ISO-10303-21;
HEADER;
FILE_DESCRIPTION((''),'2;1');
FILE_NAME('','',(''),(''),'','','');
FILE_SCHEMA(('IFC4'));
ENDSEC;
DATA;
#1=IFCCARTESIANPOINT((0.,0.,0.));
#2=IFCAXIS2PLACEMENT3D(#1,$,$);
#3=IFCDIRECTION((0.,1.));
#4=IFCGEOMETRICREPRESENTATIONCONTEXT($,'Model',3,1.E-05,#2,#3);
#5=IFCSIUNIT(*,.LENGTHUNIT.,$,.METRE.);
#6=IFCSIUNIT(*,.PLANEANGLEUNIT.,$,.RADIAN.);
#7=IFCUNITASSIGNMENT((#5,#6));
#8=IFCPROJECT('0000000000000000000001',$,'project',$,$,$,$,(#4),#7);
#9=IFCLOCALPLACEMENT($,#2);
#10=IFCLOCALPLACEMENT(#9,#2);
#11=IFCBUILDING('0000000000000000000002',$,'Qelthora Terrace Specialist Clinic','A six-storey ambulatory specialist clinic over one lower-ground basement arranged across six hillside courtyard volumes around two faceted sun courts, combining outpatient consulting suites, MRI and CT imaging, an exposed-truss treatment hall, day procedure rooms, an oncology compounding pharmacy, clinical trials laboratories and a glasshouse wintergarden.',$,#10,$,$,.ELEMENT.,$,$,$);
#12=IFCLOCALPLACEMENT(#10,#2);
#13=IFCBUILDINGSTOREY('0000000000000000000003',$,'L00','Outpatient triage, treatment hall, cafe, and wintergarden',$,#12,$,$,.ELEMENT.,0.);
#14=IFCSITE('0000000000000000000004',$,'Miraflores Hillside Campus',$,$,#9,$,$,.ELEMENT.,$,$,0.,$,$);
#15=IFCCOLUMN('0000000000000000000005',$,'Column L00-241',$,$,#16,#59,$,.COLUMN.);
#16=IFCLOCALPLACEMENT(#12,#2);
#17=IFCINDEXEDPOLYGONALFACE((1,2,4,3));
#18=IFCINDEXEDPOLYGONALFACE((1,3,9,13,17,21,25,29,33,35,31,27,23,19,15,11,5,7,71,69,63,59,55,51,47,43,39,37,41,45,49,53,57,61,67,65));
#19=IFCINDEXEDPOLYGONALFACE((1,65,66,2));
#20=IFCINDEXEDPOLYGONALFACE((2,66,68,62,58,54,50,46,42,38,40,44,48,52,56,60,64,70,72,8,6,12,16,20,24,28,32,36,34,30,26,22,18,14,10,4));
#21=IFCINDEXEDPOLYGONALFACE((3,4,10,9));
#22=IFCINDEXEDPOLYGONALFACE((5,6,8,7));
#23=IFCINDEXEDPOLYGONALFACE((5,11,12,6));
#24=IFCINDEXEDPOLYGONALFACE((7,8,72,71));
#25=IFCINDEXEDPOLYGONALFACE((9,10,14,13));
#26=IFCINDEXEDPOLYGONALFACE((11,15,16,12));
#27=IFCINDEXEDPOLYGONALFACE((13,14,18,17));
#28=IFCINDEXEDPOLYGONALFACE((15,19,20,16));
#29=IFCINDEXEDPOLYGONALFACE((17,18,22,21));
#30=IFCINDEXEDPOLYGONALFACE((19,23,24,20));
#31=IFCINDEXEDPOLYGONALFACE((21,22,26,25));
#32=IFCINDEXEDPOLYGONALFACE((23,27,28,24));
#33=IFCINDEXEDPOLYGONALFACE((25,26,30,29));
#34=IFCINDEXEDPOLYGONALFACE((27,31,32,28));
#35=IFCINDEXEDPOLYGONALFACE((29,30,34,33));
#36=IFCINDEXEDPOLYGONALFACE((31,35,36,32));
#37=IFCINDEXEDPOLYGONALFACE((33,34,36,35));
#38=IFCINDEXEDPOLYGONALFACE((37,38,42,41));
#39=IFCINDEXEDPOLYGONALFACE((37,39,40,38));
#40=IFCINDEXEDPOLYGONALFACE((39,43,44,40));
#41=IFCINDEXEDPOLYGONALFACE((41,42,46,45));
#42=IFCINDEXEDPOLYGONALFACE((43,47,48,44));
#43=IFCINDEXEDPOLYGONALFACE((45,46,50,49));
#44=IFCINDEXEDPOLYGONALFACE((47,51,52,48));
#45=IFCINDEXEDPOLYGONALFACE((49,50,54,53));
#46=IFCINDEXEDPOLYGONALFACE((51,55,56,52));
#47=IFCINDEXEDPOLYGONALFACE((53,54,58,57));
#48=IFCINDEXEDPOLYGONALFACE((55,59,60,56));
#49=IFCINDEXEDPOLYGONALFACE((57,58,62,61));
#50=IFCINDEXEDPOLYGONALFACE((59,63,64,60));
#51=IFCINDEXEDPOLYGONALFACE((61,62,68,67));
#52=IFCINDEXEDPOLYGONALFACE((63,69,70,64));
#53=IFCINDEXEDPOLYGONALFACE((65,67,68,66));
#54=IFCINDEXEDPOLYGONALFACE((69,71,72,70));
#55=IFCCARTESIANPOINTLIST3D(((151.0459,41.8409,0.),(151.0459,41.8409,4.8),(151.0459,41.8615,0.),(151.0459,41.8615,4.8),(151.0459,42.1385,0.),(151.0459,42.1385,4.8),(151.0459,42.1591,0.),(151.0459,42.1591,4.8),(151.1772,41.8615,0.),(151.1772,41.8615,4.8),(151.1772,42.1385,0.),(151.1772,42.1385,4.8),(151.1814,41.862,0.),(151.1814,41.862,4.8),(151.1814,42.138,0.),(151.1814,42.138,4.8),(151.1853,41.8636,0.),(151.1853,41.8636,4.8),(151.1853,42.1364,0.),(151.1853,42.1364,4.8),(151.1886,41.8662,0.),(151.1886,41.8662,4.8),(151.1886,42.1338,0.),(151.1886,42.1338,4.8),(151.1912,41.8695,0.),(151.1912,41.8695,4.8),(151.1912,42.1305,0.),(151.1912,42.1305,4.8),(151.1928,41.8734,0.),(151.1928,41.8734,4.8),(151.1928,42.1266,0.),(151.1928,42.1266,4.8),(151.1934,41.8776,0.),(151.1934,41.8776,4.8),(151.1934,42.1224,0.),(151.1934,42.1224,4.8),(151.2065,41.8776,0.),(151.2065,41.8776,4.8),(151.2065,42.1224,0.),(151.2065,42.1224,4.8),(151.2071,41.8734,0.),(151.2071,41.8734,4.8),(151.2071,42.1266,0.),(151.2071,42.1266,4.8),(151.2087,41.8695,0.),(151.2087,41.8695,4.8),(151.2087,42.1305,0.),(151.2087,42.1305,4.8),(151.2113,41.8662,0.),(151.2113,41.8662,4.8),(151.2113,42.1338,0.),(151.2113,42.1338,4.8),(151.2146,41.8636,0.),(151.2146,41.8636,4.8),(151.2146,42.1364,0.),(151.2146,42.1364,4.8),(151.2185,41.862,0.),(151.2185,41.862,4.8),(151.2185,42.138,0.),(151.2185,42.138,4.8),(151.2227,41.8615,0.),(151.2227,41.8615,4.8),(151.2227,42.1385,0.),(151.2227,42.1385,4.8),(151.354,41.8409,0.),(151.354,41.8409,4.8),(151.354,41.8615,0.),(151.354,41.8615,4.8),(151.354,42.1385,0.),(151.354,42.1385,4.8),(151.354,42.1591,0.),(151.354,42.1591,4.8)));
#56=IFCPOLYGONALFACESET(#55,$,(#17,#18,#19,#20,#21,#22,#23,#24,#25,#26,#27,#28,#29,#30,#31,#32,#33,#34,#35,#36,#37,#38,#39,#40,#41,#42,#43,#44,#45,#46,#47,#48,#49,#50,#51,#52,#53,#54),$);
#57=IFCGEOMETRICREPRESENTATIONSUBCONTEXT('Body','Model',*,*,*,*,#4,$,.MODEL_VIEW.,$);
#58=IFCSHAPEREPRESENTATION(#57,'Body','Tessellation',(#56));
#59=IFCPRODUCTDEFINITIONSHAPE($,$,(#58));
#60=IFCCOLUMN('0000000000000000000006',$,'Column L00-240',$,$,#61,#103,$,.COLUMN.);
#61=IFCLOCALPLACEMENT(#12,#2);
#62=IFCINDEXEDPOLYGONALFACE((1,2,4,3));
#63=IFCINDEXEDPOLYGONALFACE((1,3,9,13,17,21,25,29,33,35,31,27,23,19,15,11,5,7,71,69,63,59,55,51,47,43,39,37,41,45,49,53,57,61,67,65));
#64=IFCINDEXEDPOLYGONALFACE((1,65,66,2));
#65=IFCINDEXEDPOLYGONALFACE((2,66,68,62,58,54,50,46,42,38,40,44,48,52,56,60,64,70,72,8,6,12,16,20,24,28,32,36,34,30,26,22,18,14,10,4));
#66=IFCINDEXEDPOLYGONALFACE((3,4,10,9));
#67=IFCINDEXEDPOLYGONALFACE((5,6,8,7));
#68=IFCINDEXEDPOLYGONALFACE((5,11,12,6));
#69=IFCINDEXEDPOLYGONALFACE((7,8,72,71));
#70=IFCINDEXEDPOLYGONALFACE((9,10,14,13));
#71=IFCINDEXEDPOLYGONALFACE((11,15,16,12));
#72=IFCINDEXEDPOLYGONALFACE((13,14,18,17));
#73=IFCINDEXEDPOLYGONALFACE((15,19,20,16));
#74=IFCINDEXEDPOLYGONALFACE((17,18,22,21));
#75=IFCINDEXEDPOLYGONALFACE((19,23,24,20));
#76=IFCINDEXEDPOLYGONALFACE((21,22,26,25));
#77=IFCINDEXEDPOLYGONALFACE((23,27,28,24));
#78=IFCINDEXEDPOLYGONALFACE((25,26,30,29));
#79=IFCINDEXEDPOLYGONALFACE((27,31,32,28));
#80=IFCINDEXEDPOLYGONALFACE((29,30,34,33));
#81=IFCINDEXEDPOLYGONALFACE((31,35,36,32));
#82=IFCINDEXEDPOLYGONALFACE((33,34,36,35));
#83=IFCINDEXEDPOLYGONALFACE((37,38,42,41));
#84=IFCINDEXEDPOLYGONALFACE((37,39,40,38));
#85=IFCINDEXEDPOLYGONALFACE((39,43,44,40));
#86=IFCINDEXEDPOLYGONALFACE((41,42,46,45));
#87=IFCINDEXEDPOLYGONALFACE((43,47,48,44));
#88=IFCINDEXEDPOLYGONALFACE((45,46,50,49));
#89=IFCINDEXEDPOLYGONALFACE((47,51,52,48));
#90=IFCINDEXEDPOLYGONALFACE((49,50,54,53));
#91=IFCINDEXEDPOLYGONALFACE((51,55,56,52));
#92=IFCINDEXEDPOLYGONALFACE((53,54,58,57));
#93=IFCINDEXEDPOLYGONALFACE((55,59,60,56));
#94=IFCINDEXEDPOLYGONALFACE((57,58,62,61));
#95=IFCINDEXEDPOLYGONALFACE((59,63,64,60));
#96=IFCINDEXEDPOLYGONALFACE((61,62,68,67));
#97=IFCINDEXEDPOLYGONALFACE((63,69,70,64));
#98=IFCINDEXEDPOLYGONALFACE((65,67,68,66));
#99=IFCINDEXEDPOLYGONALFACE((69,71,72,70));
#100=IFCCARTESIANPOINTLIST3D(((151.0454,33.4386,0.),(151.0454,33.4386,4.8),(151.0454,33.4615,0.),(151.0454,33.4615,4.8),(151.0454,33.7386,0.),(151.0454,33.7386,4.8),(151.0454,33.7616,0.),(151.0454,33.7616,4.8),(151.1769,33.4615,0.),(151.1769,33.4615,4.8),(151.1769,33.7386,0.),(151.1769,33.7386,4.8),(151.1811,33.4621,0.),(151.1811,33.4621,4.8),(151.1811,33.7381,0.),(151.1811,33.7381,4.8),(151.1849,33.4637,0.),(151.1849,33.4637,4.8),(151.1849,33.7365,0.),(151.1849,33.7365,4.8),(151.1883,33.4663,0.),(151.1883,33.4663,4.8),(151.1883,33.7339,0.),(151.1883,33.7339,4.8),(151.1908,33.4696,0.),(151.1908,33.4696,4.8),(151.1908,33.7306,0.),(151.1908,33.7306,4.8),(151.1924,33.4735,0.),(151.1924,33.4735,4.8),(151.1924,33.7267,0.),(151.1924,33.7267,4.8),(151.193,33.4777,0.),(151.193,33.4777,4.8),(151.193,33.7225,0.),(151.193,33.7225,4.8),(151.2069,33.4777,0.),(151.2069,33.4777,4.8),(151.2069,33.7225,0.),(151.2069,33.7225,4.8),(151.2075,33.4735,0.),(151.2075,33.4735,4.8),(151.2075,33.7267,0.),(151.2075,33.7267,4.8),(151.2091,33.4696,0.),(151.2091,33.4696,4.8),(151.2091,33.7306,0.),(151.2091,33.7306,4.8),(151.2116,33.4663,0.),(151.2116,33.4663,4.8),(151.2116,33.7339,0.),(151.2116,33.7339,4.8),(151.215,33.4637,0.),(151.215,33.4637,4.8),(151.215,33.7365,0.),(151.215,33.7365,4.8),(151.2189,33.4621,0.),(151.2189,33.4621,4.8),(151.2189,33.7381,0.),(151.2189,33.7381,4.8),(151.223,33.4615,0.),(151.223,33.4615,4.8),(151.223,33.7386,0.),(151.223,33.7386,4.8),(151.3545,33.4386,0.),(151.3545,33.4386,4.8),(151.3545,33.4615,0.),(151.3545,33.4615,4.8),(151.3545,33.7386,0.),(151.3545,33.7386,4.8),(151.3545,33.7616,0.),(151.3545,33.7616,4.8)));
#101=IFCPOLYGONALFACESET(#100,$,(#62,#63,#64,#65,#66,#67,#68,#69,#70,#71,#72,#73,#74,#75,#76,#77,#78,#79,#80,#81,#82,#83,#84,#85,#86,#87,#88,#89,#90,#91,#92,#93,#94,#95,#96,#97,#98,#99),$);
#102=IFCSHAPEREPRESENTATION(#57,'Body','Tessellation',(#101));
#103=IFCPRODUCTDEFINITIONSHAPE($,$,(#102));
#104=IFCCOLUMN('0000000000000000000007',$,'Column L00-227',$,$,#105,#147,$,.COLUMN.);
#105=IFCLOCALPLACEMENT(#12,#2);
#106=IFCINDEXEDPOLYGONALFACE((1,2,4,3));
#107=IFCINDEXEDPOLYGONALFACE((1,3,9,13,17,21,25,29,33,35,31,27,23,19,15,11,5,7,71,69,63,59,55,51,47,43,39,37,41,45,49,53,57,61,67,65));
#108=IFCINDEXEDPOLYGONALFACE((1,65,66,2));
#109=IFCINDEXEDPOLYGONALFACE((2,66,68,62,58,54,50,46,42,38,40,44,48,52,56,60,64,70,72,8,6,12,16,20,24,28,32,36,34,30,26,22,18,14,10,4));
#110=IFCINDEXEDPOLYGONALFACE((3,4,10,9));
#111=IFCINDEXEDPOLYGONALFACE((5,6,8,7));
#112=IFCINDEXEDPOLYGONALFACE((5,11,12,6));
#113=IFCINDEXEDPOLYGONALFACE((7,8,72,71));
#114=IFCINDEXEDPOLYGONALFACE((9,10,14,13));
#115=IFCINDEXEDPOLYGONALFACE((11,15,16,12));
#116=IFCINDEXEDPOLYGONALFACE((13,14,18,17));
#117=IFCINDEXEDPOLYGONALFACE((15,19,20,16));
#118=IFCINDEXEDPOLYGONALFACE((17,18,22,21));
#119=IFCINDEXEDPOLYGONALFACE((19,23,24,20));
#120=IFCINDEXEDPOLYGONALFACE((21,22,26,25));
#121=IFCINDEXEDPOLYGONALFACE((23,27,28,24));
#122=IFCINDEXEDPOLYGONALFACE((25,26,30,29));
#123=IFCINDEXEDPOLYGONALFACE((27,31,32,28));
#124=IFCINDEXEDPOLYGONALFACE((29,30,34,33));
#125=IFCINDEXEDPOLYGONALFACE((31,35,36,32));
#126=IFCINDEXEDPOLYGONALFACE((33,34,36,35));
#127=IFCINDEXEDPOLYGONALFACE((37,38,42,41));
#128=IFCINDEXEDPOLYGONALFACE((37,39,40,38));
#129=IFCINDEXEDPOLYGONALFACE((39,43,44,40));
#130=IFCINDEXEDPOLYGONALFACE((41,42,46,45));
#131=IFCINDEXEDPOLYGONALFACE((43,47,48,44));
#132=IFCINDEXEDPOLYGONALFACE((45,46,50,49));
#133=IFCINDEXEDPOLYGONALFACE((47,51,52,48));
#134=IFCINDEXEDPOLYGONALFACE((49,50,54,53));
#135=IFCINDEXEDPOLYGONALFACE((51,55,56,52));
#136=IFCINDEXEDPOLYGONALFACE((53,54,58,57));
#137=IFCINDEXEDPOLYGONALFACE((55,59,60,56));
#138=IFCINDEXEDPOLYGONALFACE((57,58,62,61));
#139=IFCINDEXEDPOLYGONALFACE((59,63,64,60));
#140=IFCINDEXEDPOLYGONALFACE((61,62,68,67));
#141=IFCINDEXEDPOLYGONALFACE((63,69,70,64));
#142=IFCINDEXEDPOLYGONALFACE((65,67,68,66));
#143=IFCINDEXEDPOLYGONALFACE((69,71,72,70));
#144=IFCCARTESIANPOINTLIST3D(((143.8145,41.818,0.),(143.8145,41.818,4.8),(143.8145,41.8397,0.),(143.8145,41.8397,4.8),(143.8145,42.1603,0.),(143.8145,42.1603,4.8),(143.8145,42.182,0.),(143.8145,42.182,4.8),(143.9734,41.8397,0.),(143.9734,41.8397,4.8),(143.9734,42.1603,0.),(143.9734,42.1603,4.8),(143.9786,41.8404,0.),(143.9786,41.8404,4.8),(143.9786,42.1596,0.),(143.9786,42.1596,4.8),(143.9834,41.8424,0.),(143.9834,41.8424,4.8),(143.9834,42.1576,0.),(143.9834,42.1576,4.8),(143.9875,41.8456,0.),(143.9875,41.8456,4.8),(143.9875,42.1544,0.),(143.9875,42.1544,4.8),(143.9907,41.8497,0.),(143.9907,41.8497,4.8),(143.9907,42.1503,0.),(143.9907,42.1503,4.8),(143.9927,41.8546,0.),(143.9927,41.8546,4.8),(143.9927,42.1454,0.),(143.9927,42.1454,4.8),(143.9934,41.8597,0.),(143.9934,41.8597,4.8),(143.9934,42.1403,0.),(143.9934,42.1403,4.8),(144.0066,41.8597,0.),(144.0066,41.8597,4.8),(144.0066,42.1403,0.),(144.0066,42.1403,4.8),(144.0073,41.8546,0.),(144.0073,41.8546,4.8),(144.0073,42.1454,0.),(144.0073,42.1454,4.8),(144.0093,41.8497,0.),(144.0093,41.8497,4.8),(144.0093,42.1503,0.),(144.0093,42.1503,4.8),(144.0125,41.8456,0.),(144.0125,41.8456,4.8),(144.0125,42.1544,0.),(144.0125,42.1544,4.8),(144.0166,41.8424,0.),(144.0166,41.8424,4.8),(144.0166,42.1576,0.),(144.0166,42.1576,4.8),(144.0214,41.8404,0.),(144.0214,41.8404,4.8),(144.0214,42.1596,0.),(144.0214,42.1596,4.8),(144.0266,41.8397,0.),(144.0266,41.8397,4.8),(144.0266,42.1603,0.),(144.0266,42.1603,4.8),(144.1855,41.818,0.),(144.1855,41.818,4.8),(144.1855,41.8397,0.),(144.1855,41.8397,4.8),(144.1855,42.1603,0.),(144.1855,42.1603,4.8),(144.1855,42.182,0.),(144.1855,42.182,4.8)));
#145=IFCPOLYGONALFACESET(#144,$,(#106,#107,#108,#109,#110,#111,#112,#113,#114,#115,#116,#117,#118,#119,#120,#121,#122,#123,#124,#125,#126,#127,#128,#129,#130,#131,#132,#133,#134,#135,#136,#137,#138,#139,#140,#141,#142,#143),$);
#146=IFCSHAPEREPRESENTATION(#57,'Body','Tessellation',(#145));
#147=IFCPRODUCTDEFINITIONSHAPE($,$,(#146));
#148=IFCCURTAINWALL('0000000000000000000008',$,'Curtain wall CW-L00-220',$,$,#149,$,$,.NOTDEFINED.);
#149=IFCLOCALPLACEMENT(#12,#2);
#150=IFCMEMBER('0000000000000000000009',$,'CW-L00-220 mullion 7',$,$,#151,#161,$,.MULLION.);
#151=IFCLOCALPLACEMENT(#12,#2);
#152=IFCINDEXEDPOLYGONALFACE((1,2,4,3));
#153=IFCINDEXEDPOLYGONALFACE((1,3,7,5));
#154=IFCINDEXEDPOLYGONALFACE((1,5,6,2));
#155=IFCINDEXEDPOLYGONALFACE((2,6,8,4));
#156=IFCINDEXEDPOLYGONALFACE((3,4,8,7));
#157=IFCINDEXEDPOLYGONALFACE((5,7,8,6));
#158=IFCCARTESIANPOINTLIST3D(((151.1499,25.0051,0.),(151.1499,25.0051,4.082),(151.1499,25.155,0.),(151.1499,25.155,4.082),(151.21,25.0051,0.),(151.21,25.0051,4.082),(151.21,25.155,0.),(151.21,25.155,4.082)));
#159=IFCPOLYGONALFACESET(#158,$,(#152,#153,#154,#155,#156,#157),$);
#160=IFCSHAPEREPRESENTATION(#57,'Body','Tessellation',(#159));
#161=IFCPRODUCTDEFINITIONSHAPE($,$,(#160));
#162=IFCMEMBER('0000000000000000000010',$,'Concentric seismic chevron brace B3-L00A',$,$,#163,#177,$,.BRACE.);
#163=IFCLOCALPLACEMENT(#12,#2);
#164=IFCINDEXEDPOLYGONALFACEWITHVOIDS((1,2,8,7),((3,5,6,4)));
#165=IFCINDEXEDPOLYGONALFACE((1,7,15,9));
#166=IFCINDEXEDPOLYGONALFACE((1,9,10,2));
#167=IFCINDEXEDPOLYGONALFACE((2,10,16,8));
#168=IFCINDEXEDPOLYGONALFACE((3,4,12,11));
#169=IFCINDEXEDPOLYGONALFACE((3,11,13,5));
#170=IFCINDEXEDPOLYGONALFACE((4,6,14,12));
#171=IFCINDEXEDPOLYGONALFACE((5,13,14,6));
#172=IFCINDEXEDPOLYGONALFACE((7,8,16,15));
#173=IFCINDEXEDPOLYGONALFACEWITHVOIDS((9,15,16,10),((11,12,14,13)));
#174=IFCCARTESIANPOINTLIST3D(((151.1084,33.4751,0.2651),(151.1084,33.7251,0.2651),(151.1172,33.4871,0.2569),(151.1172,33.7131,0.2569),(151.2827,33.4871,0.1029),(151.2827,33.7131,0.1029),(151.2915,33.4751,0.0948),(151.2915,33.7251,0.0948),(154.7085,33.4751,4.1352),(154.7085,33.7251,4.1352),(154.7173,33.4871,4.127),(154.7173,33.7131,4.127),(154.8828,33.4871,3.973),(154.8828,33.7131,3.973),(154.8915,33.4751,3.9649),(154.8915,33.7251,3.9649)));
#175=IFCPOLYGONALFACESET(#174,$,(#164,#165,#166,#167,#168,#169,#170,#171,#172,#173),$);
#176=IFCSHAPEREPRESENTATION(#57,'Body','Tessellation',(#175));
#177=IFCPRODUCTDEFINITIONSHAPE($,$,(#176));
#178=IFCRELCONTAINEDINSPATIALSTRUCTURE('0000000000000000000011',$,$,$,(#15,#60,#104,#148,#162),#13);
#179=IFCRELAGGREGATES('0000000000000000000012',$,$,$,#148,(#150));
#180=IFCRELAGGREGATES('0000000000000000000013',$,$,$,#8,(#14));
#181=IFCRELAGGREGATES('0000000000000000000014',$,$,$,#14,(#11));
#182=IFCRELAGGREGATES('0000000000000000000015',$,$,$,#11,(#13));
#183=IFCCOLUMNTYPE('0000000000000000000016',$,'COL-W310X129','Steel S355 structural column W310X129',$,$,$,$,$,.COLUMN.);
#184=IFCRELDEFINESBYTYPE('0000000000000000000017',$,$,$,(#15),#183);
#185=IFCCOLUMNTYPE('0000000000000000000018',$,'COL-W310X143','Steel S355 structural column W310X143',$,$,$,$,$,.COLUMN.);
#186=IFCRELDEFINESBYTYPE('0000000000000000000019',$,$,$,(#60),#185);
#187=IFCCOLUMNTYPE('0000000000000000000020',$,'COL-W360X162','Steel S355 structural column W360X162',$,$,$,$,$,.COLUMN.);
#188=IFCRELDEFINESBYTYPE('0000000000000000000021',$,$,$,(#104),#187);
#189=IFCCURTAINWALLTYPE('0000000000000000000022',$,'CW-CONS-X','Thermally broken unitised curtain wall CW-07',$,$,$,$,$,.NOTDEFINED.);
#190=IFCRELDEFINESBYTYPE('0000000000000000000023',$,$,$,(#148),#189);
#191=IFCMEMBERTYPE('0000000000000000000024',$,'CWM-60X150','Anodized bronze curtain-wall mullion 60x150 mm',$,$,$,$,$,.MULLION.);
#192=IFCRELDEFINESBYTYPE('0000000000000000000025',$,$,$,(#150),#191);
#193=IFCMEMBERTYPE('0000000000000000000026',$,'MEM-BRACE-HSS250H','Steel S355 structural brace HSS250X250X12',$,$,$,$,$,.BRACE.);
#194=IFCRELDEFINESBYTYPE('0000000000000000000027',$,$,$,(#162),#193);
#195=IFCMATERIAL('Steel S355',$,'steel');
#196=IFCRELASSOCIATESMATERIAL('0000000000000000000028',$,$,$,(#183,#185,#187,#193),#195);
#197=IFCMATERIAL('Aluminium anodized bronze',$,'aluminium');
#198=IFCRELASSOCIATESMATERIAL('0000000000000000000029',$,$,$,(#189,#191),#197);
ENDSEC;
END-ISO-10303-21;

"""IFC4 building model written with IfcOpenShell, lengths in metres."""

from ifc_helpers import new_model, si_unit, direction, frame, origin, origin_2d, place, context, subcontext, project, spatial, rectangle, hollow_rectangle, i_section, extrude, material, material_profile, profile_set, type_object, element, aggregate, save


model = new_model("IFC4")

# Units and contexts
model_context = context("Model", 3, precision=1e-05, world=origin(), true_north=direction((0.0, 1.0)))
body_context = subcontext(model_context, "Body", "Model", "MODEL_VIEW")
ifc_project = project(units=[si_unit("LENGTHUNIT", "METRE"), si_unit("PLANEANGLEUNIT", "RADIAN")], contexts=[model_context])

# Site, building, storey
site_placement = place(None, origin())
site = spatial("IfcSite", under=ifc_project, at=site_placement, Name="Miraflores Hillside Campus", CompositionType="ELEMENT", RefElevation=0.0)
building_placement = place(site_placement, origin())
building = spatial("IfcBuilding", under=site, at=building_placement, Name="Qelthora Terrace Specialist Clinic", Description="A six-storey ambulatory specialist clinic over one lower-ground basement arranged across six hillside courtyard volumes around two faceted sun courts, combining outpatient consulting suites, MRI and CT imaging, an exposed-truss treatment hall, day procedure rooms, an oncology compounding pharmacy, clinical trials laboratories and a glasshouse wintergarden.", CompositionType="ELEMENT")
storey_placement = place(building_placement, origin())
storey = spatial("IfcBuildingStorey", under=building, at=storey_placement, Name="L00", Description="Outpatient triage, treatment hall, cafe, and wintergarden", CompositionType="ELEMENT", Elevation=0.0)

# Columns
ifc_material_1 = material(Name="Steel S355", Category="steel")
ifc_material_profile_1 = material_profile(ifc_material_1, i_section(OverallWidth=0.3081, OverallDepth=0.3181, WebThickness=0.0132, FlangeThickness=0.0205, FilletRadius=0.0161, at=origin_2d()), Name="W310X129")
ifc_profile_set_1 = profile_set([ifc_material_profile_1], Name="Steel S355")
column_type_1 = type_object("IfcColumnType", Name="COL-W310X129", Description="Steel S355 structural column W310X129", PredefinedType="COLUMN", material=ifc_profile_set_1)
column_1_placement = place(storey_placement, frame((151.2, 42.0, 0.0), z_axis=(0.0, 0.0, 1.0), x_axis=(1.0, 0.0, 0.0)))
element("IfcColumn", 1, at=column_1_placement, inside=storey, type_object=column_type_1, Name="Column L00-241", PredefinedType="COLUMN", context=body_context, shape_type="SweptSolid", body=[
    extrude(i_section(OverallWidth=0.3081, OverallDepth=0.3181, WebThickness=0.0132, FlangeThickness=0.0205, FilletRadius=0.0161, at=origin_2d()), origin(), (0.0, 0.0, 1.0), 4.8),
])
ifc_material_profile_2 = material_profile(ifc_material_1, i_section(OverallWidth=0.3091, OverallDepth=0.323, WebThickness=0.0139, FlangeThickness=0.0229, FilletRadius=0.0161, at=origin_2d()), Name="W310X143")
ifc_profile_set_2 = profile_set([ifc_material_profile_2], Name="Steel S355")
column_type_2 = type_object("IfcColumnType", Name="COL-W310X143", Description="Steel S355 structural column W310X143", PredefinedType="COLUMN", material=ifc_profile_set_2)
column_2_placement = place(storey_placement, frame((151.2, 33.6001, 0.0), z_axis=(0.0, 0.0, 1.0), x_axis=(1.0, 0.0, 0.0)))
element("IfcColumn", 2, at=column_2_placement, inside=storey, type_object=column_type_2, Name="Column L00-240", PredefinedType="COLUMN", context=body_context, shape_type="SweptSolid", body=[
    extrude(i_section(OverallWidth=0.3091, OverallDepth=0.323, WebThickness=0.0139, FlangeThickness=0.0229, FilletRadius=0.0161, at=origin_2d()), origin(), (0.0, 0.0, 1.0), 4.8),
])
ifc_material_profile_3 = material_profile(ifc_material_1, i_section(OverallWidth=0.3711, OverallDepth=0.364, WebThickness=0.0132, FlangeThickness=0.0217, FilletRadius=0.02, at=origin_2d()), Name="W360X162")
ifc_profile_set_3 = profile_set([ifc_material_profile_3], Name="Steel S355")
column_type_3 = type_object("IfcColumnType", Name="COL-W360X162", Description="Steel S355 structural column W360X162", PredefinedType="COLUMN", material=ifc_profile_set_3)
column_3_placement = place(storey_placement, frame((144.0, 42.0, 0.0), z_axis=(0.0, 0.0, 1.0), x_axis=(1.0, 0.0, 0.0)))
element("IfcColumn", 3, at=column_3_placement, inside=storey, type_object=column_type_3, Name="Column L00-227", PredefinedType="COLUMN", context=body_context, shape_type="SweptSolid", body=[
    extrude(i_section(OverallWidth=0.3711, OverallDepth=0.364, WebThickness=0.0132, FlangeThickness=0.0217, FilletRadius=0.02, at=origin_2d()), origin(), (0.0, 0.0, 1.0), 4.8),
])

# Curtain wall, member
ifc_material_2 = material(Name="Aluminium anodized bronze", Category="aluminium")
curtain_wall_type = type_object("IfcCurtainWallType", Name="CW-CONS-X", Description="Thermally broken unitised curtain wall CW-07", PredefinedType="NOTDEFINED", material=ifc_material_2)
curtain_wall_placement = place(storey_placement, origin())
curtain_wall = element("IfcCurtainWall", 4, at=curtain_wall_placement, inside=storey, type_object=curtain_wall_type, Name="Curtain wall CW-L00-220", PredefinedType="NOTDEFINED")
ifc_material_profile_4 = material_profile(ifc_material_2, rectangle(XDim=0.0601, YDim=0.1499, at=origin_2d()), Name="CWM60X150")
ifc_profile_set_4 = profile_set([ifc_material_profile_4], Name="Aluminium anodized bronze")
member_type_1 = type_object("IfcMemberType", Name="CWM-60X150", Description="Anodized bronze curtain-wall mullion 60x150 mm", PredefinedType="MULLION", material=ifc_profile_set_4)
member_1_placement = place(storey_placement, frame((151.1799, 25.0801, 0.0), z_axis=(0.0, 0.0, 1.0), x_axis=(1.0, 0.0, 0.0)))
member_1 = element("IfcMember", 5, at=member_1_placement, type_object=member_type_1, Name="CW-L00-220 mullion 7", PredefinedType="MULLION", context=body_context, shape_type="SweptSolid", body=[
    extrude(rectangle(XDim=0.0601, YDim=0.1499, at=origin_2d()), origin(), (0.0, 0.0, 1.0), 4.082),
])
aggregate(curtain_wall, [member_1])

# Member
ifc_material_profile_5 = material_profile(ifc_material_1, hollow_rectangle(XDim=0.25, YDim=0.25, WallThickness=0.012, at=origin_2d()), Name="HSS250X250X12")
ifc_profile_set_5 = profile_set([ifc_material_profile_5], Name="Steel S355")
member_type_2 = type_object("IfcMemberType", Name="MEM-BRACE-HSS250H", Description="Steel S355 structural brace HSS250X250X12", PredefinedType="BRACE", material=ifc_profile_set_5)
member_2_placement = place(storey_placement, frame((151.2, 33.6001, 0.1799), z_axis=(0.681103, 0.0, 0.732188), x_axis=(0.0, 1.0, 0.0)))
element("IfcMember", 6, at=member_2_placement, inside=storey, type_object=member_type_2, Name="Concentric seismic chevron brace B3-L00A", PredefinedType="BRACE", context=body_context, shape_type="SweptSolid", body=[
    extrude(hollow_rectangle(XDim=0.25, YDim=0.25, WallThickness=0.012, at=origin_2d()), origin(), (0.0, 0.0, 1.0), 5.2856),
])

save(model, "model.ifc")
